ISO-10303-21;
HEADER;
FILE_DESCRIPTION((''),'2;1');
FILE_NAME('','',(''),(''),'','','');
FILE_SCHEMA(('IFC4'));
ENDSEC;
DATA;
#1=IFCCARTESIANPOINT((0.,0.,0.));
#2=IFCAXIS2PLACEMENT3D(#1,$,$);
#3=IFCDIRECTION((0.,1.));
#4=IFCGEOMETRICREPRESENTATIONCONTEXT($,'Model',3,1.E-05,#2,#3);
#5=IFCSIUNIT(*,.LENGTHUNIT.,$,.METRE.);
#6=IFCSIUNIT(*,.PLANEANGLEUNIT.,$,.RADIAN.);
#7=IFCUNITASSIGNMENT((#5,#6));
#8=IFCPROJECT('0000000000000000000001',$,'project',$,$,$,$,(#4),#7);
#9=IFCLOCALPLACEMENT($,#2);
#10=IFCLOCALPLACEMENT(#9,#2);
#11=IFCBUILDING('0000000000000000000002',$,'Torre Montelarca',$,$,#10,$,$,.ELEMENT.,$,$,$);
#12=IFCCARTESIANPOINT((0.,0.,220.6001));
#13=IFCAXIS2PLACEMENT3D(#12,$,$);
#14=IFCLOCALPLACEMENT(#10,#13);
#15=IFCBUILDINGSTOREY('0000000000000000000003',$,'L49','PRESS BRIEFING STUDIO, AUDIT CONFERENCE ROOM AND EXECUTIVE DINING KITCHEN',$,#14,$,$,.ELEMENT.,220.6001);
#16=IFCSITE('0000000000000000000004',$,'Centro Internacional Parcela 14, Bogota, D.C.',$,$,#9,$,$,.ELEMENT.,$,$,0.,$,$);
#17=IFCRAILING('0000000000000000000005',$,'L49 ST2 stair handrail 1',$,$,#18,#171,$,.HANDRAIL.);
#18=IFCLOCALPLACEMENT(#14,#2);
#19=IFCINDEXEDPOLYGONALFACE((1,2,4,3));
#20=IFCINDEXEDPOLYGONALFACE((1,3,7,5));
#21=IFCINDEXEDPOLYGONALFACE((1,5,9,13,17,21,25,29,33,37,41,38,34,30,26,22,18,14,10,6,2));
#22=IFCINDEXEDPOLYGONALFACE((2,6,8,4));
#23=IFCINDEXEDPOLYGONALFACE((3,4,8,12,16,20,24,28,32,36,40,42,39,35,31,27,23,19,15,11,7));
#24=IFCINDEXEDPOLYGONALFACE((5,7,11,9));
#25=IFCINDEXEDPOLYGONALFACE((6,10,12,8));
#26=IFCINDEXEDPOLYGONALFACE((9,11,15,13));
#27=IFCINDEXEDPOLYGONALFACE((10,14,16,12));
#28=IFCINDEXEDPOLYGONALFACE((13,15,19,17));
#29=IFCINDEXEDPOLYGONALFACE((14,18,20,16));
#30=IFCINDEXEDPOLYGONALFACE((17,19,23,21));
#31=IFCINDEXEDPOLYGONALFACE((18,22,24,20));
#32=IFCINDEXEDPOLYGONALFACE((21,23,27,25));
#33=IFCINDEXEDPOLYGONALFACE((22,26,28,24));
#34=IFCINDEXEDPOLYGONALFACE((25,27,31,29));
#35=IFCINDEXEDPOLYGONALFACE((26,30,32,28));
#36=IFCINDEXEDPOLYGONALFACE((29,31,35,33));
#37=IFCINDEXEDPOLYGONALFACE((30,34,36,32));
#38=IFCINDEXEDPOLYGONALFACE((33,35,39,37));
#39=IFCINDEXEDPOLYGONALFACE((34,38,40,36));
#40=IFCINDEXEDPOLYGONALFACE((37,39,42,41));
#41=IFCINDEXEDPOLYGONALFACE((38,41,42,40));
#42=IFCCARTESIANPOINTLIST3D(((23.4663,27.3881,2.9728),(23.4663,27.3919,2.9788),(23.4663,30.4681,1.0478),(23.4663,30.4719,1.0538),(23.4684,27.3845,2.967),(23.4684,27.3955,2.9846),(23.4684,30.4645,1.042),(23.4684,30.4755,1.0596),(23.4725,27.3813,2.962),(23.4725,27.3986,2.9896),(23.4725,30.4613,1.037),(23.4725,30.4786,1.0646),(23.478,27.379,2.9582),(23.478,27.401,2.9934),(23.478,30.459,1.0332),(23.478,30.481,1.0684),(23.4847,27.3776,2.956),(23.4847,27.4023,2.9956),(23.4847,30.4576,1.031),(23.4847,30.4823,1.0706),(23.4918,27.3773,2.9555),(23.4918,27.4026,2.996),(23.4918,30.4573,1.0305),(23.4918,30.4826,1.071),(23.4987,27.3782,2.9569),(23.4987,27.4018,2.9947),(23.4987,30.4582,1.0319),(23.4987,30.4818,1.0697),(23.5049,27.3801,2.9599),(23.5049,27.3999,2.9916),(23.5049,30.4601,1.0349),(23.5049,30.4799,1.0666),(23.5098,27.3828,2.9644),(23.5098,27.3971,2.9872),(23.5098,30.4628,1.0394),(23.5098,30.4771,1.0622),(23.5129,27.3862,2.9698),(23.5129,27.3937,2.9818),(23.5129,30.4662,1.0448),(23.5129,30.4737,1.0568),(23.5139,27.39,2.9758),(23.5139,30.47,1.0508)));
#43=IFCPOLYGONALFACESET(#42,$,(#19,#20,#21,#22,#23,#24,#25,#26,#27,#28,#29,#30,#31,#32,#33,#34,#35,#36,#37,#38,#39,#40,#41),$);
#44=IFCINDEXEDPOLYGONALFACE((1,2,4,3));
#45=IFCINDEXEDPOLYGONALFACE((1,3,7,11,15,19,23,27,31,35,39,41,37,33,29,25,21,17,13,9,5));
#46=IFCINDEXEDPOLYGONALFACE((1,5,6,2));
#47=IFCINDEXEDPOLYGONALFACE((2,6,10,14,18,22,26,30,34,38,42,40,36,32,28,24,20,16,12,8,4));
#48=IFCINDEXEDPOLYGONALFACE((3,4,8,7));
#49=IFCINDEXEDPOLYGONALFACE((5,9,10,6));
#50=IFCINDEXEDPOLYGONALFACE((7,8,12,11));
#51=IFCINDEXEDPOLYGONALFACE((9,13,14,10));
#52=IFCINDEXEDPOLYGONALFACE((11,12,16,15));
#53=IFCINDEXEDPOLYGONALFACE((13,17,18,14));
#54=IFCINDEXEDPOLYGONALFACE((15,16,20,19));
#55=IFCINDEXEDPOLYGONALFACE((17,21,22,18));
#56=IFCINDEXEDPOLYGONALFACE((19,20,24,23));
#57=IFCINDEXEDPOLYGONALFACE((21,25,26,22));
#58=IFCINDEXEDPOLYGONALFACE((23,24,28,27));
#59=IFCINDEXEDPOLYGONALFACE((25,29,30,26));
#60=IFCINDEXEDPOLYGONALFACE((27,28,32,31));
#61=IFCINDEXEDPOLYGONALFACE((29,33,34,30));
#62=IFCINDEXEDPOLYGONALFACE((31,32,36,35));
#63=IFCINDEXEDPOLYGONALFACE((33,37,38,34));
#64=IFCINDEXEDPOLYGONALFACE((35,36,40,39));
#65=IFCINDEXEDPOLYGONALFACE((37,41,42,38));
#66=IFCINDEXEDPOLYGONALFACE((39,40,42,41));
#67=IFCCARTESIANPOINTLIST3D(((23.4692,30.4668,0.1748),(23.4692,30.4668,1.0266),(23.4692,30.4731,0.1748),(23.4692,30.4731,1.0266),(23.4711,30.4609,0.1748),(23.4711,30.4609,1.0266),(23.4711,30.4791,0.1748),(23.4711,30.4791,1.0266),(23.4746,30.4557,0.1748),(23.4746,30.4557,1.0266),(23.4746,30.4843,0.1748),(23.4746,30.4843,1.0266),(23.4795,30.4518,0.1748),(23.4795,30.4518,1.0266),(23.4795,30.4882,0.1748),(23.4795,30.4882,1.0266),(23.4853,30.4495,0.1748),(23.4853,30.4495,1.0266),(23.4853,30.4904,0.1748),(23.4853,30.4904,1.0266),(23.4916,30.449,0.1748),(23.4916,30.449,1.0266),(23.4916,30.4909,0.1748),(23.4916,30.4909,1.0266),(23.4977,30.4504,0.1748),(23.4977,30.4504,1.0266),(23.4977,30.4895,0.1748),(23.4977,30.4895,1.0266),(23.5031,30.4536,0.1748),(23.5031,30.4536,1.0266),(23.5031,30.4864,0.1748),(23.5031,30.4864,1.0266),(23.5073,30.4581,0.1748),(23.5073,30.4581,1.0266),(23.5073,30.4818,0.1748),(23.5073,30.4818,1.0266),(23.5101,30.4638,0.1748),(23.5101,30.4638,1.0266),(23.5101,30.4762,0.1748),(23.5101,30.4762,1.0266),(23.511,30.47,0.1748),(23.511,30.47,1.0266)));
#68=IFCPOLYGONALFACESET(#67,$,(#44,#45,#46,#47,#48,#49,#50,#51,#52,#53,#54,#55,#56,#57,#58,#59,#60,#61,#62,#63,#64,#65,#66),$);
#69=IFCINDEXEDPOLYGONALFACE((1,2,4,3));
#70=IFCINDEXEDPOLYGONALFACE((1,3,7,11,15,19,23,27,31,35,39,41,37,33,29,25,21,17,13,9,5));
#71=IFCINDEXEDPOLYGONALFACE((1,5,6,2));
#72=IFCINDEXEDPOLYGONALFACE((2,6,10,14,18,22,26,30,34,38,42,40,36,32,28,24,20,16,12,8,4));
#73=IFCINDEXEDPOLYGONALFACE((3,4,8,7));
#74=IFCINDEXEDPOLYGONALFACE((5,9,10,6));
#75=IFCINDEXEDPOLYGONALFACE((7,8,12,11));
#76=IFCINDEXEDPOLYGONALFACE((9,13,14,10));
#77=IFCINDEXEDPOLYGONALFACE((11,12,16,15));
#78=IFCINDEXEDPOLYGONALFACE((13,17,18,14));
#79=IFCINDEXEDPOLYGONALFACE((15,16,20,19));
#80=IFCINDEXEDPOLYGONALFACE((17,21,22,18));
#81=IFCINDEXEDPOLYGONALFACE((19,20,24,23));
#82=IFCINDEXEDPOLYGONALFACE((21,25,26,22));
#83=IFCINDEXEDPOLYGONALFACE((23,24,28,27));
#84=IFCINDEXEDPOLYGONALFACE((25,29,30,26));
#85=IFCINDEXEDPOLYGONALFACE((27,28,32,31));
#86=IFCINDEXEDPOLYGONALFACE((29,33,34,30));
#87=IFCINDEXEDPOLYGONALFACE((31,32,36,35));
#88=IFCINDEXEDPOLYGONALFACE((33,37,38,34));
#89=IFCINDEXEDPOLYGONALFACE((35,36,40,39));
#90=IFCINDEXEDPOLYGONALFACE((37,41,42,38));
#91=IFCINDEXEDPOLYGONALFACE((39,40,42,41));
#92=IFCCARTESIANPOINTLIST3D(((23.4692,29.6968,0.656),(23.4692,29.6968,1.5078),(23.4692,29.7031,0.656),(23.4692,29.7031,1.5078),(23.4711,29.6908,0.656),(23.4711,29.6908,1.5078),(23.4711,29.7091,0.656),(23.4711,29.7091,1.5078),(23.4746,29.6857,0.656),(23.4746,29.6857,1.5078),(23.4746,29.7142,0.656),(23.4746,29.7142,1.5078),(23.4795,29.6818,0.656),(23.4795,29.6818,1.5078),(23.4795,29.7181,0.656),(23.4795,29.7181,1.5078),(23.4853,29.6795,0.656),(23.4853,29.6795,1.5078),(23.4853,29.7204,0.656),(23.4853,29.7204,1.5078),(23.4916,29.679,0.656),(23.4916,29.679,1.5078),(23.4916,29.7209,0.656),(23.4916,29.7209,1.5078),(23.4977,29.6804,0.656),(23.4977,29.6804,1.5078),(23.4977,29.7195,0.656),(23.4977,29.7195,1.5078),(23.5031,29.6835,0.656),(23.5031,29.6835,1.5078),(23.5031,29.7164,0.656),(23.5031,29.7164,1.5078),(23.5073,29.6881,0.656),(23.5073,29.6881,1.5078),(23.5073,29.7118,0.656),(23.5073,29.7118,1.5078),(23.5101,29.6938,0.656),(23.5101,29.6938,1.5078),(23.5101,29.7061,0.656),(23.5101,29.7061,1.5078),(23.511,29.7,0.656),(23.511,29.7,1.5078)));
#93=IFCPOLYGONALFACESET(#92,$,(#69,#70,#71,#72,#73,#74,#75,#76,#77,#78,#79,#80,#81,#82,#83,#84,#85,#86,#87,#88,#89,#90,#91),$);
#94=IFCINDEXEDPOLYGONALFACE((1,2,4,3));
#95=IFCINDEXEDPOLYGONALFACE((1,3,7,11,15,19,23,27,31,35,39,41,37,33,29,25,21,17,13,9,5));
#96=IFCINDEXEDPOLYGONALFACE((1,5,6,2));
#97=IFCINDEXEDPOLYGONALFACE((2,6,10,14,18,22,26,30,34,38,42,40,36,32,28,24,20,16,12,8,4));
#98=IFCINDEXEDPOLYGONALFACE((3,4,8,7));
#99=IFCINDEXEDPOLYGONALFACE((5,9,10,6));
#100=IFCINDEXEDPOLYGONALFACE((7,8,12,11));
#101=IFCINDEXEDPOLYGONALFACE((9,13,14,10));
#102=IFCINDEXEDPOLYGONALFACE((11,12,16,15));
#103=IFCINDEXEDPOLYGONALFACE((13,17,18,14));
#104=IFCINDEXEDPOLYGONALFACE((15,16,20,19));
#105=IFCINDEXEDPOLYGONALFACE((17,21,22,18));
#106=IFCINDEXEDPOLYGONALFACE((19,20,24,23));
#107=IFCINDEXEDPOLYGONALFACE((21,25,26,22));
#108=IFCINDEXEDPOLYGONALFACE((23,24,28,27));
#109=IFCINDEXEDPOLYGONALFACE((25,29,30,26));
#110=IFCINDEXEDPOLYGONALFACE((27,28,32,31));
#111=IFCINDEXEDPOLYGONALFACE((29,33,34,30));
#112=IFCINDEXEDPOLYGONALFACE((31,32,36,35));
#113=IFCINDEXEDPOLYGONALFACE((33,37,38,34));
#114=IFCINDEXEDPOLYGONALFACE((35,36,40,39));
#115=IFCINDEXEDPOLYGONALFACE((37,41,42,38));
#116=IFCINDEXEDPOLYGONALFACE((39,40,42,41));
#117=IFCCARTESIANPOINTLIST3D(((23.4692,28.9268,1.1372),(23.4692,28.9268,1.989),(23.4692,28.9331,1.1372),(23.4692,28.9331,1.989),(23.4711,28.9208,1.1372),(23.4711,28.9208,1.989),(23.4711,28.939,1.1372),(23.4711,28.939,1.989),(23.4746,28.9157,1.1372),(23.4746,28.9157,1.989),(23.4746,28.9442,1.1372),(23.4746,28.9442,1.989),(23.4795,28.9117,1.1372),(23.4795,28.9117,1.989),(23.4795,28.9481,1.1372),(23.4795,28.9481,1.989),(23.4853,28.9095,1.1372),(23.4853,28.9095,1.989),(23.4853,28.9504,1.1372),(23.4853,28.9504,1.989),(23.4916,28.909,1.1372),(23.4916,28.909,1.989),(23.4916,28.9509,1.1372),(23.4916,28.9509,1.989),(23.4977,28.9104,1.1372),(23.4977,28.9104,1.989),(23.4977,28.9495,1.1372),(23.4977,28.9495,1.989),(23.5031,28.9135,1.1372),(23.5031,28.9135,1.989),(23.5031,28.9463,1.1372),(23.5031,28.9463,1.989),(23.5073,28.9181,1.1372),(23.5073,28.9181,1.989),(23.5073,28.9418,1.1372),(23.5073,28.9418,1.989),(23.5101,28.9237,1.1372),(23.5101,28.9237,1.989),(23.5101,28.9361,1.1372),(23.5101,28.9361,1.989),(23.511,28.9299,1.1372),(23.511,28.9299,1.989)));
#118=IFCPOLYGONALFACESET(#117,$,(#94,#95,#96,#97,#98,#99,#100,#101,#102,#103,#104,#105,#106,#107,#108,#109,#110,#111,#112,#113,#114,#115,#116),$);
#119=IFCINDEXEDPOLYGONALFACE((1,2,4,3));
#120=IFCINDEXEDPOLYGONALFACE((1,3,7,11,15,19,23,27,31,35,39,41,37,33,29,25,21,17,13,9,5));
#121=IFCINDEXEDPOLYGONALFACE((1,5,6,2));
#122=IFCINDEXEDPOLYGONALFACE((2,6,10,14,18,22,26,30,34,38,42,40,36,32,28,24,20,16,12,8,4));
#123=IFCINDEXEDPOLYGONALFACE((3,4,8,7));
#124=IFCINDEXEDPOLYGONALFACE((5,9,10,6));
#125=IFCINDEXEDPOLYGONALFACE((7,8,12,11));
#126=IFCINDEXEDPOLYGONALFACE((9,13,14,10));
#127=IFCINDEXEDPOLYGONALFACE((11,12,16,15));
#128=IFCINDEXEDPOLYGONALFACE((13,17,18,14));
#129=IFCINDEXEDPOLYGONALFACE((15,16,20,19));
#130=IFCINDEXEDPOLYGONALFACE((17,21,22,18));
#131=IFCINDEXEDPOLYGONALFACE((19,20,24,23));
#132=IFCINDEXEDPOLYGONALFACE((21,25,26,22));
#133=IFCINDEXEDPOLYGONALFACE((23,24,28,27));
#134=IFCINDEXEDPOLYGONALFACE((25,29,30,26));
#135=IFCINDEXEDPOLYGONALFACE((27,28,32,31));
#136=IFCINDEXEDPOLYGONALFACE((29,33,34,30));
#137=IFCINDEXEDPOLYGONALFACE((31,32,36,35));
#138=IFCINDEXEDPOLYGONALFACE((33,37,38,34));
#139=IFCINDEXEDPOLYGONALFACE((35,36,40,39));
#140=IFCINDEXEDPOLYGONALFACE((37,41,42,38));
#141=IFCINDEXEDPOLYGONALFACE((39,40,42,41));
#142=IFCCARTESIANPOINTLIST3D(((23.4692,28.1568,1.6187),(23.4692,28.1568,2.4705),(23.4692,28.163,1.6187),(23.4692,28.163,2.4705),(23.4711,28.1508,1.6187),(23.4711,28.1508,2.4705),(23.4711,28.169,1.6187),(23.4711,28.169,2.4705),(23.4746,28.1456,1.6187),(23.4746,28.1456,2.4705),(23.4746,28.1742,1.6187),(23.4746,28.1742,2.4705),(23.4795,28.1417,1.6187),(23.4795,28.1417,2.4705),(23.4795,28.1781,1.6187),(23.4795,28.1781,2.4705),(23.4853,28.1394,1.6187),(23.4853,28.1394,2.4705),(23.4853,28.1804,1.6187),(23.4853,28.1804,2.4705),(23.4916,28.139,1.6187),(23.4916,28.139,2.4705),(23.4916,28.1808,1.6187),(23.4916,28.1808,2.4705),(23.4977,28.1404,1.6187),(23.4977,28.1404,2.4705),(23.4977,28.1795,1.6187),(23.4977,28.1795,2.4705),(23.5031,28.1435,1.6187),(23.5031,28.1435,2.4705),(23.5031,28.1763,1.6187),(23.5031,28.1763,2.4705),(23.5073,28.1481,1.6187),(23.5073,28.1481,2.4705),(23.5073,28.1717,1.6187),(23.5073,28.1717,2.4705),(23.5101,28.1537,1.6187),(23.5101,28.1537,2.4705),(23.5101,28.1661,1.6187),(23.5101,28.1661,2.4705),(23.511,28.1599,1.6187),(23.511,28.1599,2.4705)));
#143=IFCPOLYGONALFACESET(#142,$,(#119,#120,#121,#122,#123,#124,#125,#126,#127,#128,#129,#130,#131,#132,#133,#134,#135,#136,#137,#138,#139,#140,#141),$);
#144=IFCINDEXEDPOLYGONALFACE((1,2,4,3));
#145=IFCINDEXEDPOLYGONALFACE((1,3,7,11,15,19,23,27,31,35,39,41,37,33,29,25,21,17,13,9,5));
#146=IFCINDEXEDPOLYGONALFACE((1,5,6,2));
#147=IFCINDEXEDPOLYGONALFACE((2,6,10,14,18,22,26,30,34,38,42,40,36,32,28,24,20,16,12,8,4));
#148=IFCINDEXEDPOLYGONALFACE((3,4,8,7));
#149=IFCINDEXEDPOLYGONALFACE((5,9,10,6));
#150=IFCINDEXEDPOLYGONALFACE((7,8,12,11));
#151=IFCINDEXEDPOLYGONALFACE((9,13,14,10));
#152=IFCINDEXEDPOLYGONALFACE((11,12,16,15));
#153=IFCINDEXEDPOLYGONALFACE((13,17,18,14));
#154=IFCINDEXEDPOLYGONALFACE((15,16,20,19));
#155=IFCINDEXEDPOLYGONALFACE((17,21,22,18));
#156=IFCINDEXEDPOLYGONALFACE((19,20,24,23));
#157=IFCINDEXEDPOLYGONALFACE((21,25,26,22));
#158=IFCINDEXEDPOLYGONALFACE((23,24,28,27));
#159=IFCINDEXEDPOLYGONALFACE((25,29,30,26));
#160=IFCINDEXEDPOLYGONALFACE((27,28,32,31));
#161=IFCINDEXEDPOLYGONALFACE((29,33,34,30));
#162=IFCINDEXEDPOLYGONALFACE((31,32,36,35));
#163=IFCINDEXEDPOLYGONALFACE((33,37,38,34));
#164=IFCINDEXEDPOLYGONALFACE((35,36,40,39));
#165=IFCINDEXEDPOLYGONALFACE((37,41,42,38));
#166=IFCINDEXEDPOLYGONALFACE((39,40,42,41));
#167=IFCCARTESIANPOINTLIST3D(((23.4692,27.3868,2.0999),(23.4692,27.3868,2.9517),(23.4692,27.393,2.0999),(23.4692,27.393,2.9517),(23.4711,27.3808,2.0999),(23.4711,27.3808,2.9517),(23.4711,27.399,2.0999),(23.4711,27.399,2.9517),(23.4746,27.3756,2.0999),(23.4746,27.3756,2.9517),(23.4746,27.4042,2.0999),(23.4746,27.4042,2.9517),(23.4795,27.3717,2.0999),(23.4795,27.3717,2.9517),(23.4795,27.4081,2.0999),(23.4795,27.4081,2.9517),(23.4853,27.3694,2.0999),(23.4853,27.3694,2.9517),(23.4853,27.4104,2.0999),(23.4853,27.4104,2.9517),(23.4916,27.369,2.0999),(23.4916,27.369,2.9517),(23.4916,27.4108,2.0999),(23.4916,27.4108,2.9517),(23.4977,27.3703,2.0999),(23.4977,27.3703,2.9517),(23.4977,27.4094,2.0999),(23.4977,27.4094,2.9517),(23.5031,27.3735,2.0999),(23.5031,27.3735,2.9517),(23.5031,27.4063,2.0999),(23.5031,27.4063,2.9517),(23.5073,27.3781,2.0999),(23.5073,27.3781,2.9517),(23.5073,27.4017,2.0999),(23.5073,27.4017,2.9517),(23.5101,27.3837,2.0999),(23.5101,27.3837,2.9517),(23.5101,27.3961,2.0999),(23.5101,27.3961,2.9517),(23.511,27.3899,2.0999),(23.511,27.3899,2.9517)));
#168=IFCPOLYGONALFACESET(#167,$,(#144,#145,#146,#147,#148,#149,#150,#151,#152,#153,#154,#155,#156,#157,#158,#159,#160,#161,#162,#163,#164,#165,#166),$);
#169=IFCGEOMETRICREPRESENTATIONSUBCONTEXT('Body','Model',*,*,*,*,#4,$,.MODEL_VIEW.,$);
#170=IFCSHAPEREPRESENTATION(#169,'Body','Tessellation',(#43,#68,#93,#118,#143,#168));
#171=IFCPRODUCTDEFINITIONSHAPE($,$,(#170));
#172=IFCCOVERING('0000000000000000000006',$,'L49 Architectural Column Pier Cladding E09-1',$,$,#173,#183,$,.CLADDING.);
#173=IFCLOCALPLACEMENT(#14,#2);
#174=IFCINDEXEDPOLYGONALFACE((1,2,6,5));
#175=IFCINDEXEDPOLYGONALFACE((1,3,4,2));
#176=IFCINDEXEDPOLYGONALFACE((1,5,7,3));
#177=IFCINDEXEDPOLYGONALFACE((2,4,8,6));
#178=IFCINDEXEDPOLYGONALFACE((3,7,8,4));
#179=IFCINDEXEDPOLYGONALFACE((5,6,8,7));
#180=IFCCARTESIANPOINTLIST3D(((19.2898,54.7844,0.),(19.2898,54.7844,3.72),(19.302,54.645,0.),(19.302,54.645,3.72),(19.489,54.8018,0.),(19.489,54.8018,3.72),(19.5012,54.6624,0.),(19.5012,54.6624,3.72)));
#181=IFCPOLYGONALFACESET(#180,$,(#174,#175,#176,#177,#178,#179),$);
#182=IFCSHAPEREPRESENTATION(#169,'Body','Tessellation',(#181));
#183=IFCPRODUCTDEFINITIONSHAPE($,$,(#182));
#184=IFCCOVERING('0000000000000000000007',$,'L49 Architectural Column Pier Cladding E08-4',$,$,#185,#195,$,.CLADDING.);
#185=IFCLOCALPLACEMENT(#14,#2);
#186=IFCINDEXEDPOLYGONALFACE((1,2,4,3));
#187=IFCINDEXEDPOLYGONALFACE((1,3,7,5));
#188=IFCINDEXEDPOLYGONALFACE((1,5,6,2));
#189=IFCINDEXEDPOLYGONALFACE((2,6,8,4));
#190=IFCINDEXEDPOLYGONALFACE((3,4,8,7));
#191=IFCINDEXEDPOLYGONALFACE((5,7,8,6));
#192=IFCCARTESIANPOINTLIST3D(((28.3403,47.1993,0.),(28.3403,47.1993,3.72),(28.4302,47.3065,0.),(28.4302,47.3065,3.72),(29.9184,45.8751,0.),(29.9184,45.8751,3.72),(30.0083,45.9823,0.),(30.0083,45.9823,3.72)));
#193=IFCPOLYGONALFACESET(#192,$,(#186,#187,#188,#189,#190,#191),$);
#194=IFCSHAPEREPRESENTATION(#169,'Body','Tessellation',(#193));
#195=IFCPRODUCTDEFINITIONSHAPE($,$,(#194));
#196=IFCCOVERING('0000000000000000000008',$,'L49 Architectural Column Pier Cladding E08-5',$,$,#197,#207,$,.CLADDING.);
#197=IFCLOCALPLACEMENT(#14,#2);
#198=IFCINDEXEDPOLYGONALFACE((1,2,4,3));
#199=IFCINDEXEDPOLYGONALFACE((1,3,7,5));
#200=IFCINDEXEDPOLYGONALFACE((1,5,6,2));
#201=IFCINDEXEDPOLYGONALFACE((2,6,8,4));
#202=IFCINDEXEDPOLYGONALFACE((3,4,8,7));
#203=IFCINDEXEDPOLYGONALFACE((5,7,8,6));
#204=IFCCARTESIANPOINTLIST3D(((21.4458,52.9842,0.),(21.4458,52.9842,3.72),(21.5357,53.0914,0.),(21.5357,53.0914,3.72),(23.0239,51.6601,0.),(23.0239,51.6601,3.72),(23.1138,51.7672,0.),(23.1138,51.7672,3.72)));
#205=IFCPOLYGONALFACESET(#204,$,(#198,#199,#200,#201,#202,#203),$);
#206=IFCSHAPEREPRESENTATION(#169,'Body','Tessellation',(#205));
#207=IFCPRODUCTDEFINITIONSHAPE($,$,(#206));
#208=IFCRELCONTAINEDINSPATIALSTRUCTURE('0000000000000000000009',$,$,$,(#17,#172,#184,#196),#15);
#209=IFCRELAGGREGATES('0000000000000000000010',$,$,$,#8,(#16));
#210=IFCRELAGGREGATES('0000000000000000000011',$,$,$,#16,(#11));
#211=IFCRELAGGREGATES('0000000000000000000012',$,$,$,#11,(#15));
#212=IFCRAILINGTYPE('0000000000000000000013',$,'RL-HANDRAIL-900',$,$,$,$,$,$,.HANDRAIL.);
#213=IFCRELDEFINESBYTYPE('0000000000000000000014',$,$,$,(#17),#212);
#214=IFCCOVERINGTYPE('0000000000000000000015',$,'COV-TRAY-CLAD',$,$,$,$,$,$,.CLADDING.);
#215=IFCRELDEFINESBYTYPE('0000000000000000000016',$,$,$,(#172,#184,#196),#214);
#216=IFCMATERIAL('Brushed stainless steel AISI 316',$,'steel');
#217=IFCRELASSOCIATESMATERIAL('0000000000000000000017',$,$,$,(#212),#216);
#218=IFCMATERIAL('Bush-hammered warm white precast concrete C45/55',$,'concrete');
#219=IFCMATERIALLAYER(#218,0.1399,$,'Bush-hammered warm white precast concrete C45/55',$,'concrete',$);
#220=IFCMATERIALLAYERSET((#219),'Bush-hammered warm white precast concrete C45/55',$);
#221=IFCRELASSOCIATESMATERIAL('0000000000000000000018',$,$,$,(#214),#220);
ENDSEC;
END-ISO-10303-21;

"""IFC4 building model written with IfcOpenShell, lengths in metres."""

from ifc_helpers import new_model, si_unit, direction, frame, origin, origin_2d, place, context, subcontext, project, spatial, rectangle, circle, extrude, source, transform, mapped, material, layer, layer_set, type_object, element, save


model = new_model("IFC4")

# Units and contexts
model_context = context("Model", 3, precision=1e-05, world=origin(), true_north=direction((0.0, 1.0)))
body_context = subcontext(model_context, "Body", "Model", "MODEL_VIEW")
ifc_project = project(units=[si_unit("LENGTHUNIT", "METRE"), si_unit("PLANEANGLEUNIT", "RADIAN")], contexts=[model_context])

# Site, building, storey
site_placement = place(None, origin())
site = spatial("IfcSite", under=ifc_project, at=site_placement, Name="Centro Internacional Parcela 14, Bogota, D.C.", CompositionType="ELEMENT", RefElevation=0.0)
building_placement = place(site_placement, origin())
building = spatial("IfcBuilding", under=site, at=building_placement, Name="Torre Montelarca", CompositionType="ELEMENT")
storey_placement = place(building_placement, frame((0.0, 0.0, 220.6001)))
storey = spatial("IfcBuildingStorey", under=building, at=storey_placement, Name="L49", Description="PRESS BRIEFING STUDIO, AUDIT CONFERENCE ROOM AND EXECUTIVE DINING KITCHEN", CompositionType="ELEMENT", Elevation=220.6001)

# Shared definitions
ifc_material_1 = material(Name="Brushed stainless steel AISI 316", Category="steel")

# Railing
railing_type_1 = type_object("IfcRailingType", Name="RL-HANDRAIL-900", PredefinedType="HANDRAIL", material=ifc_material_1)
railing_1_placement = place(storey_placement, frame((23.49, 30.47, 0.1748)))
element("IfcRailing", 1, at=railing_1_placement, inside=storey, type_object=railing_type_1, Name="L49 ST2 stair handrail 1", PredefinedType="HANDRAIL", context=body_context, shape_type="SweptSolid", body=[
    extrude(circle(Radius=0.0239, at=origin_2d()), frame((0.0, 0.0, 0.876), z_axis=(0.0, -0.847998, 0.529999), x_axis=(1.0, 0.0, 0.0)), (0.0, 0.0, 1.0), 3.6321),
    extrude(circle(Radius=0.021, at=origin_2d()), origin(), (0.0, 0.0, 1.0), 0.8518),
    extrude(circle(Radius=0.021, at=origin_2d()), frame((0.0, -0.77, 0.4812)), (0.0, 0.0, 1.0), 0.8518),
    extrude(circle(Radius=0.021, at=origin_2d()), frame((0.0, -1.54, 0.9624)), (0.0, 0.0, 1.0), 0.8518),
    extrude(circle(Radius=0.021, at=origin_2d()), frame((0.0, -2.3101, 1.4438)), (0.0, 0.0, 1.0), 0.8518),
    extrude(circle(Radius=0.021, at=origin_2d()), frame((0.0, -3.0801, 1.925)), (0.0, 0.0, 1.0), 0.8518),
])

# Coverings
ifc_material_2 = material(Name="Bush-hammered warm white precast concrete C45/55", Category="concrete")
ifc_layer_1 = layer(ifc_material_2, 0.1399, Name="Bush-hammered warm white precast concrete C45/55", Category="concrete")
ifc_layer_set_1 = layer_set([ifc_layer_1], Name="Bush-hammered warm white precast concrete C45/55")
covering_type = type_object("IfcCoveringType", Name="COV-TRAY-CLAD", PredefinedType="CLADDING", material=ifc_layer_set_1)
shared_shape_1 = source(origin(), body_context, "Body", "SweptSolid", [
    extrude(rectangle(XDim=0.2, YDim=0.1399, at=origin_2d()), origin(), (0.0, 0.0, 1.0), 3.72),
])
covering_1_placement = place(storey_placement, frame((19.3955, 54.7234, 0.0), z_axis=(0.0, 0.0, 1.0), x_axis=(-0.996193, -0.087177, 0.0)))
element("IfcCovering", 2, at=covering_1_placement, inside=storey, type_object=covering_type, Name="L49 Architectural Column Pier Cladding E09-1", PredefinedType="CLADDING", context=body_context, shape_type="MappedRepresentation", body=[
    mapped(shared_shape_1, transform((0.0, 0.0, 0.0), scale=1.0)),
])
shared_shape_2 = source(origin(), body_context, "Body", "SweptSolid", [
    extrude(rectangle(XDim=2.0601, YDim=0.1399, at=origin_2d()), origin(), (0.0, 0.0, 1.0), 3.72),
])
for number, where, z_axis, x_axis, name in (
    (3, (29.1743, 46.5908, 0.0), (0.0, 0.0, 1.0), (-0.766043, 0.642789, 0.0), "L49 Architectural Column Pier Cladding E08-4"),
    (4, (22.2798, 52.3757, 0.0), (0.0, 0.0, 1.0), (-0.766043, 0.642789, 0.0), "L49 Architectural Column Pier Cladding E08-5"),
):
    element("IfcCovering", number, at=place(storey_placement, frame(where, z_axis=z_axis, x_axis=x_axis)), inside=storey, type_object=covering_type, Name=name, PredefinedType="CLADDING", context=body_context, shape_type="MappedRepresentation", body=[
        mapped(shared_shape_2, transform((0.0, 0.0, 0.0), scale=1.0)),
    ])

save(model, "model.ifc")
